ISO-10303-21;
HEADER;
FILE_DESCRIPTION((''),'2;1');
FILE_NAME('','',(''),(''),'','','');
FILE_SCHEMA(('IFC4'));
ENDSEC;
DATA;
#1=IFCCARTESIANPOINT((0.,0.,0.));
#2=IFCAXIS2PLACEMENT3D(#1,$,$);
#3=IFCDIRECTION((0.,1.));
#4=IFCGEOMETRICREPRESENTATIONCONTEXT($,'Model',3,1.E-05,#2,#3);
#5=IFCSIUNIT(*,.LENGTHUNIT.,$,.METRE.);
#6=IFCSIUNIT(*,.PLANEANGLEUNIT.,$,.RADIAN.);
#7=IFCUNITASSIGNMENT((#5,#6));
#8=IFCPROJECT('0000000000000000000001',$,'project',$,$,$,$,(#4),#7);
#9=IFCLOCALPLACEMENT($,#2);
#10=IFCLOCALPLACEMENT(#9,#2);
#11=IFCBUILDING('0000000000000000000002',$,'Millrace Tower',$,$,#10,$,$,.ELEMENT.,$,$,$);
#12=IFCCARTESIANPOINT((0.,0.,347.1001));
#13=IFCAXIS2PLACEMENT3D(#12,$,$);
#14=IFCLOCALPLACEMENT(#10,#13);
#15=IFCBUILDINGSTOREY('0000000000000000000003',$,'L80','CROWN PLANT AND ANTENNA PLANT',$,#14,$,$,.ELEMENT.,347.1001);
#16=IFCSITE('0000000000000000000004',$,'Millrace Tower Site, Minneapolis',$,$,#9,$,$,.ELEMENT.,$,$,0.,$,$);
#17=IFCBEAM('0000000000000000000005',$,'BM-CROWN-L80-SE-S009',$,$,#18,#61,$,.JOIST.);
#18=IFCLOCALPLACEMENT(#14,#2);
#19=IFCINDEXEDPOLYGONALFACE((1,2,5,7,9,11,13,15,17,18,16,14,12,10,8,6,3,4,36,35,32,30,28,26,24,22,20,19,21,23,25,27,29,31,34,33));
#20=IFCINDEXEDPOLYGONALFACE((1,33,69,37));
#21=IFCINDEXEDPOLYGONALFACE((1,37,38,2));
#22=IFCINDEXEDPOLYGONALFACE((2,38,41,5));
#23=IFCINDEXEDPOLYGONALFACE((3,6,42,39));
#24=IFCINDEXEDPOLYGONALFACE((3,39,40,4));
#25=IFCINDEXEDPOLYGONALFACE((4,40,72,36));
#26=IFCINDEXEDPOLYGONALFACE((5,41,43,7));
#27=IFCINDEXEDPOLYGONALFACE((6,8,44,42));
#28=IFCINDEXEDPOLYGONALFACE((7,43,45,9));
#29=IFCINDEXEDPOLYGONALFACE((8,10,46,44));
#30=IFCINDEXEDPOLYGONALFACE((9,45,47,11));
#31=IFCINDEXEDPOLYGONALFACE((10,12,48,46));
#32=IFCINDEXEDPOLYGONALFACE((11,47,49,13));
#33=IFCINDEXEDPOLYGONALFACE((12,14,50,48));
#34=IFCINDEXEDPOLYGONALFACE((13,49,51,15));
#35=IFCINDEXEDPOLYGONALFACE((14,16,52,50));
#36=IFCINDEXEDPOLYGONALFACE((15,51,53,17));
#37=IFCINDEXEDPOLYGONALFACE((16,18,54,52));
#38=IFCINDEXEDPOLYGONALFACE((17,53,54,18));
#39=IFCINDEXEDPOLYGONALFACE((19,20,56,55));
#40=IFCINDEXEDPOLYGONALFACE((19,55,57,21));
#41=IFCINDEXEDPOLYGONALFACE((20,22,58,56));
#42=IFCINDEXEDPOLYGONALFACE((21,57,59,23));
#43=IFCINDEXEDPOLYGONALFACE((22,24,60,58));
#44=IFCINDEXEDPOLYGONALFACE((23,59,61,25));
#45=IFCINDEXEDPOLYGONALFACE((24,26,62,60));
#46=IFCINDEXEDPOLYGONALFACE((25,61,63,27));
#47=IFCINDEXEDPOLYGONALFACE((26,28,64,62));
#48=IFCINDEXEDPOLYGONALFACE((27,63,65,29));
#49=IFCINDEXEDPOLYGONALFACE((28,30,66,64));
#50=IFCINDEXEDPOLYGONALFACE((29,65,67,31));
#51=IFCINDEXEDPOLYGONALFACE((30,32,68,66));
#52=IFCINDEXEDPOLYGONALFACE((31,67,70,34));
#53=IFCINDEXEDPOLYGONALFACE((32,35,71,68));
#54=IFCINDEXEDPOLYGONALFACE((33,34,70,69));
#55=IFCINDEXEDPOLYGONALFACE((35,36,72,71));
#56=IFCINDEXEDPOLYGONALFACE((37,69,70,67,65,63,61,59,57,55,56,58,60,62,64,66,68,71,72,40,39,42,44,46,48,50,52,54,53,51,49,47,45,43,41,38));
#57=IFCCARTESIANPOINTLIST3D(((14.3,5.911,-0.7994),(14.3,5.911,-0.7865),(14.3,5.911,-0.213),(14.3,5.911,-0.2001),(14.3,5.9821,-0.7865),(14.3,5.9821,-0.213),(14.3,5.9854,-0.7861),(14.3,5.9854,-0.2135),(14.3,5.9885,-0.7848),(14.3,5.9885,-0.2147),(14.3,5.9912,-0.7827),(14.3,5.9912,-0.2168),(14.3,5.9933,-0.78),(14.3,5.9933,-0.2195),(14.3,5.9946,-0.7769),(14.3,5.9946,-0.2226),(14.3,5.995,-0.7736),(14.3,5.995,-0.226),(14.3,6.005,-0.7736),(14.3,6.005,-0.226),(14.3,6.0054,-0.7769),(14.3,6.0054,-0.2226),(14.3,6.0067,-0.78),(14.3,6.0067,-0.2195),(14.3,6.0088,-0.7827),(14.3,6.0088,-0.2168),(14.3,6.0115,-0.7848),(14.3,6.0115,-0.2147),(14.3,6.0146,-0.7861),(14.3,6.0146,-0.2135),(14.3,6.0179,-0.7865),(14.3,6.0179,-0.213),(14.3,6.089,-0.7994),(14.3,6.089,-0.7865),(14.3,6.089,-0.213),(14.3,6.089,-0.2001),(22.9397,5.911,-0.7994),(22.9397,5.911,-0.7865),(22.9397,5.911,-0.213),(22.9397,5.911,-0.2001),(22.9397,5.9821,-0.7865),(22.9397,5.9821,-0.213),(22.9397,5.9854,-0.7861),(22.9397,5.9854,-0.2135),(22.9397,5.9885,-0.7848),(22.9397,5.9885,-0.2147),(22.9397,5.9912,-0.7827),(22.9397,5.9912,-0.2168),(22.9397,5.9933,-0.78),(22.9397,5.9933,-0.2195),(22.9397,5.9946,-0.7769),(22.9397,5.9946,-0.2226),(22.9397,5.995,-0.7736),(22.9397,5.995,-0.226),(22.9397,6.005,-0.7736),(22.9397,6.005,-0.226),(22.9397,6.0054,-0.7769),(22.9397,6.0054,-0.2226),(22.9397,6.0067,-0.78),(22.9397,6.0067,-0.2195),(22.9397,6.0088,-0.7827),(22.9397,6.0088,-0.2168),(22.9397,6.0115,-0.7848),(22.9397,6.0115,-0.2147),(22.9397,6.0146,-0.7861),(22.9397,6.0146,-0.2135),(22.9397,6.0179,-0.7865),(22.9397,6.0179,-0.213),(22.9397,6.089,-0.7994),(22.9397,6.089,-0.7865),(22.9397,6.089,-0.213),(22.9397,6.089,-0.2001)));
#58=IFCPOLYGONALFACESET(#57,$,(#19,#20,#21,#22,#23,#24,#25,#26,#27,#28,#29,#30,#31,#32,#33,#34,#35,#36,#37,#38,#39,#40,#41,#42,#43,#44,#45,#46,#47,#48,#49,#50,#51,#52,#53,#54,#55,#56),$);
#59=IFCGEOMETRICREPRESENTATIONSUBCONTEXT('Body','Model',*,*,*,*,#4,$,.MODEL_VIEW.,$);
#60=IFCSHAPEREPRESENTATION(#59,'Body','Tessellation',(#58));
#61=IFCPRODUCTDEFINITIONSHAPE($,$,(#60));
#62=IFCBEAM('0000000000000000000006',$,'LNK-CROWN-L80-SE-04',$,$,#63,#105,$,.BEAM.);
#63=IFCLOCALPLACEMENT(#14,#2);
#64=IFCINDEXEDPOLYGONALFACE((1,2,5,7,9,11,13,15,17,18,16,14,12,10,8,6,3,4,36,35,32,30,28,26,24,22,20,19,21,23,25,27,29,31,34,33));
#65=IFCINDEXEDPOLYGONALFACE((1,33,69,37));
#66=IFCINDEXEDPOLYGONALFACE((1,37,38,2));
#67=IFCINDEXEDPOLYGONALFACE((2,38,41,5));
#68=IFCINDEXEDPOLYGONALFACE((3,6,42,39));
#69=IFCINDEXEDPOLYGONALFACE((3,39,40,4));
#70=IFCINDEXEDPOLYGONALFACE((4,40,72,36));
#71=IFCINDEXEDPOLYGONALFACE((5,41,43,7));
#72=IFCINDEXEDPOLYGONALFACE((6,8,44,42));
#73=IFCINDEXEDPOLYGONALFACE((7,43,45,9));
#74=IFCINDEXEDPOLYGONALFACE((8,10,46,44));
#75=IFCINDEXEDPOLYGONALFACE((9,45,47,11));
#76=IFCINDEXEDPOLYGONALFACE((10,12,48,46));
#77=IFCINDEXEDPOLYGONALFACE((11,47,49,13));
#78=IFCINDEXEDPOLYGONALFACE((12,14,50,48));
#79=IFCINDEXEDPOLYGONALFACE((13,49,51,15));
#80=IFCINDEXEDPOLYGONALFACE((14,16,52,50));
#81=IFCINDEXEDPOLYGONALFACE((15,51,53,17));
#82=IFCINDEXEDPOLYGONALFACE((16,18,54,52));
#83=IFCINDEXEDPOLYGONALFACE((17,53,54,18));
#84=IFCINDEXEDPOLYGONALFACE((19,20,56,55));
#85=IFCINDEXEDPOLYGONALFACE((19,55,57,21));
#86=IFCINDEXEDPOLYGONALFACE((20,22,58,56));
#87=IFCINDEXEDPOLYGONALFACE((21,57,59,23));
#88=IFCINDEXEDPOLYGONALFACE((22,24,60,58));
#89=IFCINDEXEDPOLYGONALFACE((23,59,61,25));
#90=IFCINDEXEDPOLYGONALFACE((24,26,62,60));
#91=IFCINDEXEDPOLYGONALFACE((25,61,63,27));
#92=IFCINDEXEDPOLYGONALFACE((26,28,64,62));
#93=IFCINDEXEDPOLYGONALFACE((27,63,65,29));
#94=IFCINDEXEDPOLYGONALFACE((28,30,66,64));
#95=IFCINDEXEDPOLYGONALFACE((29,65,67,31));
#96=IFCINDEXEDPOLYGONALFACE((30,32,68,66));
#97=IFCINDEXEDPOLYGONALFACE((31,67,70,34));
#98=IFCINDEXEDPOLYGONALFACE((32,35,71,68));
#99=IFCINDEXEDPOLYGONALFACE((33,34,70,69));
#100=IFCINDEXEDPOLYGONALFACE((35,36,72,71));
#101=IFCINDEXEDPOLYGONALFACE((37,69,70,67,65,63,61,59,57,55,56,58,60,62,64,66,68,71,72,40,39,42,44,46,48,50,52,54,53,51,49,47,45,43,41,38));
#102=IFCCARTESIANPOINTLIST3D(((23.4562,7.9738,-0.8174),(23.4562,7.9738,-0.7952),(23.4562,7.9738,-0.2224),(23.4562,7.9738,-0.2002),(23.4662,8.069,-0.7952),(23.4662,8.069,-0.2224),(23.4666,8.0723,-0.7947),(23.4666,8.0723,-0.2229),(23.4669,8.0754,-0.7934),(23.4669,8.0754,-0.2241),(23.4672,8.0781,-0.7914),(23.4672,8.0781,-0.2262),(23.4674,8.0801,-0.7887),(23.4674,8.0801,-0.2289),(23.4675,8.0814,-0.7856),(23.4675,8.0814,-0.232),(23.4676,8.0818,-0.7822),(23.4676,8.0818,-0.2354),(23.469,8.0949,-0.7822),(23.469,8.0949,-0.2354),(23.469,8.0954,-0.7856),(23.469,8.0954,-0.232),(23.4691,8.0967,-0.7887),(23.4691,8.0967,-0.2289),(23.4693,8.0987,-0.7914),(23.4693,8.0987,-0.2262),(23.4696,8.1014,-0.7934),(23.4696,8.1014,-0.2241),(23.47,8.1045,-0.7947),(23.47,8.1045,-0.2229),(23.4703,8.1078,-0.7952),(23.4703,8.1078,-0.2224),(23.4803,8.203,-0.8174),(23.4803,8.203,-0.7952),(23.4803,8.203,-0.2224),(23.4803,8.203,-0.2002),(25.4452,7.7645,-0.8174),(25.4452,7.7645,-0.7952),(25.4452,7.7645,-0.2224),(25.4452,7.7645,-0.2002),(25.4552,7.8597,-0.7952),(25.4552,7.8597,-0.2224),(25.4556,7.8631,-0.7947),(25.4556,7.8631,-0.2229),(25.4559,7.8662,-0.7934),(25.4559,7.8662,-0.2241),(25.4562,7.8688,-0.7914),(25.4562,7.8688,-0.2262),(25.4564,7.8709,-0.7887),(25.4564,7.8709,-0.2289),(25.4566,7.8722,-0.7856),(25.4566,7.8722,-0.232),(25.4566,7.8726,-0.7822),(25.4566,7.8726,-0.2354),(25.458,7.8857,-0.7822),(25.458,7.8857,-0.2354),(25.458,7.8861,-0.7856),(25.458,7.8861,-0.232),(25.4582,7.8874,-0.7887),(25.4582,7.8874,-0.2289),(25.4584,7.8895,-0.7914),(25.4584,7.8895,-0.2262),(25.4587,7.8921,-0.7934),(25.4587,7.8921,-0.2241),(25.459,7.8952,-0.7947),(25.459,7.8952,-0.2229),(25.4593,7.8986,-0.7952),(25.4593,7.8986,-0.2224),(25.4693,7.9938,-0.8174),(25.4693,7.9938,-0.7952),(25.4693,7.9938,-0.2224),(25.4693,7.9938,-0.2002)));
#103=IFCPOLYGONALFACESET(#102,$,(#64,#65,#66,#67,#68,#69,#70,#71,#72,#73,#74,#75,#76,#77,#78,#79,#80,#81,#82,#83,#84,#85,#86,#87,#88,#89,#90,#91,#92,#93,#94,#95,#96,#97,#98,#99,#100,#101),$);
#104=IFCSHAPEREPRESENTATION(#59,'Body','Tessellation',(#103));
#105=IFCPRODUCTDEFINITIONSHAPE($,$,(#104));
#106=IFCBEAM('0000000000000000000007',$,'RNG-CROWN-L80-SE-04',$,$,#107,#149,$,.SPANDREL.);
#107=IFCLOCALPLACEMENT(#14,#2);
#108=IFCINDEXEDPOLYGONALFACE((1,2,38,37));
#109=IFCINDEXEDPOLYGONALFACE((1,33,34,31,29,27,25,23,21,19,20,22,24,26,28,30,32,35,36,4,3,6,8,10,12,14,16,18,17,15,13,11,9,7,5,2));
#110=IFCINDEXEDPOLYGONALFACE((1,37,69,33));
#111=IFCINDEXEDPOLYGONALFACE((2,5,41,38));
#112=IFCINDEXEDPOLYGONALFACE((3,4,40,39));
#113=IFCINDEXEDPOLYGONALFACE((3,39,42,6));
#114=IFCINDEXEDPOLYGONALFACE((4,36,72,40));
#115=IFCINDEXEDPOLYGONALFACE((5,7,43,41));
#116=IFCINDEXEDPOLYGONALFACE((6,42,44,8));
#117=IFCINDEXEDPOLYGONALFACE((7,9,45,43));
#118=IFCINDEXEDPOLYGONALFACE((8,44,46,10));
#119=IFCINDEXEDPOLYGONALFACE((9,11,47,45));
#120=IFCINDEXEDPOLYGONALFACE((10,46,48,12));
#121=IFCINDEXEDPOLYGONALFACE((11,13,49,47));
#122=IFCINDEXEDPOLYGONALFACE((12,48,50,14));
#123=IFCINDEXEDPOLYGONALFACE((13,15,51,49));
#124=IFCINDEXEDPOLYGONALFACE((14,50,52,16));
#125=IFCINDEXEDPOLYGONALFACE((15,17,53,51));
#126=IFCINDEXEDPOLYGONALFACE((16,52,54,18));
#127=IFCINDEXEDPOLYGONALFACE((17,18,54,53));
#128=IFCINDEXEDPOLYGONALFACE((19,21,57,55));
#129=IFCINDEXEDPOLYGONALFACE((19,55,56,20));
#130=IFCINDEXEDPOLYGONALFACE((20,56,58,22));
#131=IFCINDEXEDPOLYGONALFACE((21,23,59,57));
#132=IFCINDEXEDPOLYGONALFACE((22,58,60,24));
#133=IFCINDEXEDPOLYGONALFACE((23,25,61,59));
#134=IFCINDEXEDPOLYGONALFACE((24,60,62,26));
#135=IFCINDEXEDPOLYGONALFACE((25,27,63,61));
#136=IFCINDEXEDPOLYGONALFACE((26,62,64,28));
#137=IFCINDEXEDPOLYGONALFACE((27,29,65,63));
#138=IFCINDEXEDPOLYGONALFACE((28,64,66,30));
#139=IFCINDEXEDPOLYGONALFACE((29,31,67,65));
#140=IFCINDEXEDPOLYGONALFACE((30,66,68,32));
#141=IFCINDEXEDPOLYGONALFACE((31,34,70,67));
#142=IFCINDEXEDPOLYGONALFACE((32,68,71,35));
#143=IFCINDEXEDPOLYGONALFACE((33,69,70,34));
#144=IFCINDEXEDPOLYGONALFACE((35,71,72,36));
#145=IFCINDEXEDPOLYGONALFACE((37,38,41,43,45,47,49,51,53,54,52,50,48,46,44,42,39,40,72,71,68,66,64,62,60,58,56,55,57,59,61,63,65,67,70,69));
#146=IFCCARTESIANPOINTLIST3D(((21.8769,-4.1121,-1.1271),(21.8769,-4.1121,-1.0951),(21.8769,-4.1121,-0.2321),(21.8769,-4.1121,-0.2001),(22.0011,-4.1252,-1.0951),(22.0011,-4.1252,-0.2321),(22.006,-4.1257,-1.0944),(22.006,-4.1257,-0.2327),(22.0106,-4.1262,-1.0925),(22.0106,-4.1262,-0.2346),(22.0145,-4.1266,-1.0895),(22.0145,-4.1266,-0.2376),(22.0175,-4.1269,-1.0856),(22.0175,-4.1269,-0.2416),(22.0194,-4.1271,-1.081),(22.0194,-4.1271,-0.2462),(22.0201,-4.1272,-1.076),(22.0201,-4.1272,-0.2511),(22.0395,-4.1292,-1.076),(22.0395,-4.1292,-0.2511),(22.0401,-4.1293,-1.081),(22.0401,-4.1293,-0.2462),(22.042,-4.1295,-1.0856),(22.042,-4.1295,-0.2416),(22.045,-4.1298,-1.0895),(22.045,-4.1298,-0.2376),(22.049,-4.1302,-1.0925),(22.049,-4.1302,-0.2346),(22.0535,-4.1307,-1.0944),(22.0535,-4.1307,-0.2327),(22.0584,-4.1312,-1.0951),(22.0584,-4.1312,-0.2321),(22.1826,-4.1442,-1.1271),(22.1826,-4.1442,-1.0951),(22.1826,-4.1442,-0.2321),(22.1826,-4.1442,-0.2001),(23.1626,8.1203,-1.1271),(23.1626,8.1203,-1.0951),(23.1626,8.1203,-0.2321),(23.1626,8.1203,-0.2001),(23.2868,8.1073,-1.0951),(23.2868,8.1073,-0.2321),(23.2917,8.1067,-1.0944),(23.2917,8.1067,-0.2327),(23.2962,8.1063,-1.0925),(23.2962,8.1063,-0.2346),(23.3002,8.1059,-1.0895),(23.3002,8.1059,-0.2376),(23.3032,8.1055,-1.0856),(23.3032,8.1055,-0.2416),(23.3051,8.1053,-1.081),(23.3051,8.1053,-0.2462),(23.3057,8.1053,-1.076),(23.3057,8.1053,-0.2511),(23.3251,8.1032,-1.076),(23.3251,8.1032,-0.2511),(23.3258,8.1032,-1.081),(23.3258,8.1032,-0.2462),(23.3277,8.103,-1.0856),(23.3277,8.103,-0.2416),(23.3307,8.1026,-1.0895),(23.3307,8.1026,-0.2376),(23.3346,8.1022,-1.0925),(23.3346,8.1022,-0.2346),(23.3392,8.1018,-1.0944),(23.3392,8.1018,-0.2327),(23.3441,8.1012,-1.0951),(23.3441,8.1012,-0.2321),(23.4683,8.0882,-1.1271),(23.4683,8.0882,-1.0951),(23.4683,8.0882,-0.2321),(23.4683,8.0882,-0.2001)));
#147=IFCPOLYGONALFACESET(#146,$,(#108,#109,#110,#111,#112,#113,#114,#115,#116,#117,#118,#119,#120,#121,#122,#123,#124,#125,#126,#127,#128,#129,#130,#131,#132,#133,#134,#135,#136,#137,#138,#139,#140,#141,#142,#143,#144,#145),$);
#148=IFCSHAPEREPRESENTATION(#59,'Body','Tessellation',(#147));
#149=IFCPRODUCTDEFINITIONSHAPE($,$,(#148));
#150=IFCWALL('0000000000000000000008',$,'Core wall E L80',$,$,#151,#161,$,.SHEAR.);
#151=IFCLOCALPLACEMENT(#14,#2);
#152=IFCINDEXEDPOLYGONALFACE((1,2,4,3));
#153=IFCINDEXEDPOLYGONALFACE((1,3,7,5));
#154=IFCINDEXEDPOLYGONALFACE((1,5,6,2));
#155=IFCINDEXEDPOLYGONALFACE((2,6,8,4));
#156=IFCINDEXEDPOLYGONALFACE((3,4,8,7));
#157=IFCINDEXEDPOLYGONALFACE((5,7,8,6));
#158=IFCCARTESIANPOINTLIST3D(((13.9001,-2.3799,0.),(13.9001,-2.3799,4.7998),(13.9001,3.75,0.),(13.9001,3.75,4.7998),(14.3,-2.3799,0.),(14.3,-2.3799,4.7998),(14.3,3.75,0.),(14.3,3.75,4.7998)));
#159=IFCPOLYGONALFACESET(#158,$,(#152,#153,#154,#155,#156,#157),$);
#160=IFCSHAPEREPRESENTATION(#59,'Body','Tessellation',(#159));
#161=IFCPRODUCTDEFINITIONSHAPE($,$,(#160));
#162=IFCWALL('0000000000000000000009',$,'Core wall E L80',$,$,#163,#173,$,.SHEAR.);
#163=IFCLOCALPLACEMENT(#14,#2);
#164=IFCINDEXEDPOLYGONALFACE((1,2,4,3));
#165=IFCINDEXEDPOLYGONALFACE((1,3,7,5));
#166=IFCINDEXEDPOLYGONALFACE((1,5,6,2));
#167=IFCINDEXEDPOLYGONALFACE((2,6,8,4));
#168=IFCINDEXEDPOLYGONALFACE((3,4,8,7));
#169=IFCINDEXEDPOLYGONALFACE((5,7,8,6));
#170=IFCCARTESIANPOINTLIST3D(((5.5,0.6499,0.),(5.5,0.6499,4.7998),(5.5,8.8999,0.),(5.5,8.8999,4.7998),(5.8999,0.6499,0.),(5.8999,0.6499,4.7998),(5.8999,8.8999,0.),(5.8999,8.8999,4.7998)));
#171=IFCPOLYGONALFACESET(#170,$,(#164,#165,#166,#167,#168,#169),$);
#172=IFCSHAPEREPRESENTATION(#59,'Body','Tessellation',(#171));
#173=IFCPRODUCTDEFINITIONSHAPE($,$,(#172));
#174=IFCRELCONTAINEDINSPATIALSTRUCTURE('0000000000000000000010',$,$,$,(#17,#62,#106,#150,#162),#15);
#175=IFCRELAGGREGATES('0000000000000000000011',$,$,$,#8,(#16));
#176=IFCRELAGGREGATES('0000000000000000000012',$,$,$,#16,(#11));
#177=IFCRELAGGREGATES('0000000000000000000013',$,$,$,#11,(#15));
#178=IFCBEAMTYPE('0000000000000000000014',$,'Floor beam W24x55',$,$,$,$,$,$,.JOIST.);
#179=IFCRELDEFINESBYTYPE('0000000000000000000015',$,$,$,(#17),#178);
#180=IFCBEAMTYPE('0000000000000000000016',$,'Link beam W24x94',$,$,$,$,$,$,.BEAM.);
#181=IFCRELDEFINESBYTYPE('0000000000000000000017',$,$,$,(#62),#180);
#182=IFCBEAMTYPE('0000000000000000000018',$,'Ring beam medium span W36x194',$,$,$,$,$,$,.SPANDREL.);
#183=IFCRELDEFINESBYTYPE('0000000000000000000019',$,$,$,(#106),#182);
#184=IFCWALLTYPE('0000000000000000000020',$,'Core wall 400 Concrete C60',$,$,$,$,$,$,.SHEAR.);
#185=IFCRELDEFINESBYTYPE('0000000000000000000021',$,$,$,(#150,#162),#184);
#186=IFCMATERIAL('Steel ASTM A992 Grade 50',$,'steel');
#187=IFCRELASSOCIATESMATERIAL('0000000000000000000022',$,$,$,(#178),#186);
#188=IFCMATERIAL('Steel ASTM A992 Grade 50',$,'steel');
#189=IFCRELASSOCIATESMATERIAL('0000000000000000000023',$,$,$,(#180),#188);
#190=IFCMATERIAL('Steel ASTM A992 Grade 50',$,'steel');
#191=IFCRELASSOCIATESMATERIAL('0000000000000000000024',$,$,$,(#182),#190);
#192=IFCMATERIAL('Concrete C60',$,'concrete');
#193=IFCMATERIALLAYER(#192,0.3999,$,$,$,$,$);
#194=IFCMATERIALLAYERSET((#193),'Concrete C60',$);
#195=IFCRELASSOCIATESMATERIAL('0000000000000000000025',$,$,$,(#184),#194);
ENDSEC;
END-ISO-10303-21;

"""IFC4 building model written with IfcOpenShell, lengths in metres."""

from ifc_helpers import new_model, si_unit, direction, frame, frame_2d, origin, origin_2d, place, context, subcontext, project, spatial, rectangle, i_section, extrude, material, layer, layer_set, material_profile, profile_set, type_object, element, save


model = new_model("IFC4")

# Units and contexts
model_context = context("Model", 3, precision=1e-05, world=origin(), true_north=direction((0.0, 1.0)))
body_context = subcontext(model_context, "Body", "Model", "MODEL_VIEW")
ifc_project = project(units=[si_unit("LENGTHUNIT", "METRE"), si_unit("PLANEANGLEUNIT", "RADIAN")], contexts=[model_context])

# Site, building, storey
site_placement = place(None, origin())
site = spatial("IfcSite", under=ifc_project, at=site_placement, Name="Millrace Tower Site, Minneapolis", CompositionType="ELEMENT", RefElevation=0.0)
building_placement = place(site_placement, origin())
building = spatial("IfcBuilding", under=site, at=building_placement, Name="Millrace Tower", CompositionType="ELEMENT")
storey_placement = place(building_placement, frame((0.0, 0.0, 347.1001)))
storey = spatial("IfcBuildingStorey", under=building, at=storey_placement, Name="L80", Description="CROWN PLANT AND ANTENNA PLANT", CompositionType="ELEMENT", Elevation=347.1001)

# Beams
ifc_material_1 = material(Name="Steel ASTM A992 Grade 50", Category="steel")
ifc_material_profile_1 = material_profile(ifc_material_1, i_section(OverallWidth=0.178, OverallDepth=0.5994, WebThickness=0.01, FlangeThickness=0.0129, FilletRadius=0.0129, at=origin_2d()))
ifc_profile_set_1 = profile_set([ifc_material_profile_1], Name="Steel ASTM A992 Grade 50")
beam_type_1 = type_object("IfcBeamType", Name="Floor beam W24x55", PredefinedType="JOIST", material=ifc_profile_set_1)
beam_1_placement = place(storey_placement, frame((14.3, 6.0, -0.4998), z_axis=(1.0, 0.0, 0.0), x_axis=(0.0, 1.0, 0.0)))
element("IfcBeam", 1, at=beam_1_placement, inside=storey, type_object=beam_type_1, Name="BM-CROWN-L80-SE-S009", PredefinedType="JOIST", context=body_context, shape_type="SweptSolid", body=[
    extrude(i_section(OverallWidth=0.178, OverallDepth=0.5994, WebThickness=0.01, FlangeThickness=0.0129, FilletRadius=0.0129, at=origin_2d()), origin(), (0.0, 0.0, 1.0), 8.6396),
])
ifc_material_2 = material(Name="Steel ASTM A992 Grade 50", Category="steel")
ifc_material_profile_2 = material_profile(ifc_material_2, i_section(OverallWidth=0.2305, OverallDepth=0.6172, WebThickness=0.0132, FlangeThickness=0.0222, FilletRadius=0.0129, at=origin_2d()))
ifc_profile_set_2 = profile_set([ifc_material_profile_2], Name="Steel ASTM A992 Grade 50")
beam_type_2 = type_object("IfcBeamType", Name="Link beam W24x94", PredefinedType="BEAM", material=ifc_profile_set_2)
beam_2_placement = place(storey_placement, frame((23.4683, 8.0884, -0.5088), z_axis=(0.994513, -0.104615, 0.0), x_axis=(0.104615, 0.994513, 0.0)))
element("IfcBeam", 2, at=beam_2_placement, inside=storey, type_object=beam_type_2, Name="LNK-CROWN-L80-SE-04", PredefinedType="BEAM", context=body_context, shape_type="SweptSolid", body=[
    extrude(i_section(OverallWidth=0.2305, OverallDepth=0.6172, WebThickness=0.0132, FlangeThickness=0.0222, FilletRadius=0.0129, at=origin_2d()), origin(), (0.0, 0.0, 1.0), 2.0),
])
ifc_material_3 = material(Name="Steel ASTM A992 Grade 50", Category="steel")
ifc_material_profile_3 = material_profile(ifc_material_3, i_section(OverallWidth=0.3074, OverallDepth=0.927, WebThickness=0.0195, FlangeThickness=0.032, FilletRadius=0.019, at=origin_2d()))
ifc_profile_set_3 = profile_set([ifc_material_profile_3], Name="Steel ASTM A992 Grade 50")
beam_type_3 = type_object("IfcBeamType", Name="Ring beam medium span W36x194", PredefinedType="SPANDREL", material=ifc_profile_set_3)
beam_3_placement = place(storey_placement, frame((23.3154, 8.1042, -0.6636), z_axis=(-0.104526, -0.994522, 0.0), x_axis=(0.994522, -0.104526, 0.0)))
element("IfcBeam", 3, at=beam_3_placement, inside=storey, type_object=beam_type_3, Name="RNG-CROWN-L80-SE-04", PredefinedType="SPANDREL", context=body_context, shape_type="SweptSolid", body=[
    extrude(i_section(OverallWidth=0.3074, OverallDepth=0.927, WebThickness=0.0195, FlangeThickness=0.032, FilletRadius=0.019, at=origin_2d()), origin(), (0.0, 0.0, 1.0), 12.2998),
])

# Walls
ifc_material_4 = material(Name="Concrete C60", Category="concrete")
ifc_layer_1 = layer(ifc_material_4, 0.3999)
ifc_layer_set_1 = layer_set([ifc_layer_1], Name="Concrete C60")
wall_type_1 = type_object("IfcWallType", Name="Core wall 400 Concrete C60", PredefinedType="SHEAR", material=ifc_layer_set_1)
wall_1_placement = place(storey_placement, frame((14.1001, 3.75, 0.0), z_axis=(0.0, 0.0, 1.0), x_axis=(0.0, -1.0, 0.0)))
element("IfcWall", 4, at=wall_1_placement, inside=storey, type_object=wall_type_1, Name="Core wall E L80", PredefinedType="SHEAR", context=body_context, shape_type="SweptSolid", body=[
    extrude(rectangle(XDim=6.1299, YDim=0.3999, at=frame_2d((3.0649, 0.0))), origin(), (0.0, 0.0, 1.0), 4.7998),
])
wall_2_placement = place(storey_placement, frame((5.7, 8.8999, 0.0), z_axis=(0.0, 0.0, 1.0), x_axis=(0.0, -1.0, 0.0)))
element("IfcWall", 5, at=wall_2_placement, inside=storey, type_object=wall_type_1, Name="Core wall E L80", PredefinedType="SHEAR", context=body_context, shape_type="SweptSolid", body=[
    extrude(rectangle(XDim=8.25, YDim=0.3999, at=frame_2d((4.125, 0.0))), origin(), (0.0, 0.0, 1.0), 4.7998),
])

save(model, "model.ifc")
